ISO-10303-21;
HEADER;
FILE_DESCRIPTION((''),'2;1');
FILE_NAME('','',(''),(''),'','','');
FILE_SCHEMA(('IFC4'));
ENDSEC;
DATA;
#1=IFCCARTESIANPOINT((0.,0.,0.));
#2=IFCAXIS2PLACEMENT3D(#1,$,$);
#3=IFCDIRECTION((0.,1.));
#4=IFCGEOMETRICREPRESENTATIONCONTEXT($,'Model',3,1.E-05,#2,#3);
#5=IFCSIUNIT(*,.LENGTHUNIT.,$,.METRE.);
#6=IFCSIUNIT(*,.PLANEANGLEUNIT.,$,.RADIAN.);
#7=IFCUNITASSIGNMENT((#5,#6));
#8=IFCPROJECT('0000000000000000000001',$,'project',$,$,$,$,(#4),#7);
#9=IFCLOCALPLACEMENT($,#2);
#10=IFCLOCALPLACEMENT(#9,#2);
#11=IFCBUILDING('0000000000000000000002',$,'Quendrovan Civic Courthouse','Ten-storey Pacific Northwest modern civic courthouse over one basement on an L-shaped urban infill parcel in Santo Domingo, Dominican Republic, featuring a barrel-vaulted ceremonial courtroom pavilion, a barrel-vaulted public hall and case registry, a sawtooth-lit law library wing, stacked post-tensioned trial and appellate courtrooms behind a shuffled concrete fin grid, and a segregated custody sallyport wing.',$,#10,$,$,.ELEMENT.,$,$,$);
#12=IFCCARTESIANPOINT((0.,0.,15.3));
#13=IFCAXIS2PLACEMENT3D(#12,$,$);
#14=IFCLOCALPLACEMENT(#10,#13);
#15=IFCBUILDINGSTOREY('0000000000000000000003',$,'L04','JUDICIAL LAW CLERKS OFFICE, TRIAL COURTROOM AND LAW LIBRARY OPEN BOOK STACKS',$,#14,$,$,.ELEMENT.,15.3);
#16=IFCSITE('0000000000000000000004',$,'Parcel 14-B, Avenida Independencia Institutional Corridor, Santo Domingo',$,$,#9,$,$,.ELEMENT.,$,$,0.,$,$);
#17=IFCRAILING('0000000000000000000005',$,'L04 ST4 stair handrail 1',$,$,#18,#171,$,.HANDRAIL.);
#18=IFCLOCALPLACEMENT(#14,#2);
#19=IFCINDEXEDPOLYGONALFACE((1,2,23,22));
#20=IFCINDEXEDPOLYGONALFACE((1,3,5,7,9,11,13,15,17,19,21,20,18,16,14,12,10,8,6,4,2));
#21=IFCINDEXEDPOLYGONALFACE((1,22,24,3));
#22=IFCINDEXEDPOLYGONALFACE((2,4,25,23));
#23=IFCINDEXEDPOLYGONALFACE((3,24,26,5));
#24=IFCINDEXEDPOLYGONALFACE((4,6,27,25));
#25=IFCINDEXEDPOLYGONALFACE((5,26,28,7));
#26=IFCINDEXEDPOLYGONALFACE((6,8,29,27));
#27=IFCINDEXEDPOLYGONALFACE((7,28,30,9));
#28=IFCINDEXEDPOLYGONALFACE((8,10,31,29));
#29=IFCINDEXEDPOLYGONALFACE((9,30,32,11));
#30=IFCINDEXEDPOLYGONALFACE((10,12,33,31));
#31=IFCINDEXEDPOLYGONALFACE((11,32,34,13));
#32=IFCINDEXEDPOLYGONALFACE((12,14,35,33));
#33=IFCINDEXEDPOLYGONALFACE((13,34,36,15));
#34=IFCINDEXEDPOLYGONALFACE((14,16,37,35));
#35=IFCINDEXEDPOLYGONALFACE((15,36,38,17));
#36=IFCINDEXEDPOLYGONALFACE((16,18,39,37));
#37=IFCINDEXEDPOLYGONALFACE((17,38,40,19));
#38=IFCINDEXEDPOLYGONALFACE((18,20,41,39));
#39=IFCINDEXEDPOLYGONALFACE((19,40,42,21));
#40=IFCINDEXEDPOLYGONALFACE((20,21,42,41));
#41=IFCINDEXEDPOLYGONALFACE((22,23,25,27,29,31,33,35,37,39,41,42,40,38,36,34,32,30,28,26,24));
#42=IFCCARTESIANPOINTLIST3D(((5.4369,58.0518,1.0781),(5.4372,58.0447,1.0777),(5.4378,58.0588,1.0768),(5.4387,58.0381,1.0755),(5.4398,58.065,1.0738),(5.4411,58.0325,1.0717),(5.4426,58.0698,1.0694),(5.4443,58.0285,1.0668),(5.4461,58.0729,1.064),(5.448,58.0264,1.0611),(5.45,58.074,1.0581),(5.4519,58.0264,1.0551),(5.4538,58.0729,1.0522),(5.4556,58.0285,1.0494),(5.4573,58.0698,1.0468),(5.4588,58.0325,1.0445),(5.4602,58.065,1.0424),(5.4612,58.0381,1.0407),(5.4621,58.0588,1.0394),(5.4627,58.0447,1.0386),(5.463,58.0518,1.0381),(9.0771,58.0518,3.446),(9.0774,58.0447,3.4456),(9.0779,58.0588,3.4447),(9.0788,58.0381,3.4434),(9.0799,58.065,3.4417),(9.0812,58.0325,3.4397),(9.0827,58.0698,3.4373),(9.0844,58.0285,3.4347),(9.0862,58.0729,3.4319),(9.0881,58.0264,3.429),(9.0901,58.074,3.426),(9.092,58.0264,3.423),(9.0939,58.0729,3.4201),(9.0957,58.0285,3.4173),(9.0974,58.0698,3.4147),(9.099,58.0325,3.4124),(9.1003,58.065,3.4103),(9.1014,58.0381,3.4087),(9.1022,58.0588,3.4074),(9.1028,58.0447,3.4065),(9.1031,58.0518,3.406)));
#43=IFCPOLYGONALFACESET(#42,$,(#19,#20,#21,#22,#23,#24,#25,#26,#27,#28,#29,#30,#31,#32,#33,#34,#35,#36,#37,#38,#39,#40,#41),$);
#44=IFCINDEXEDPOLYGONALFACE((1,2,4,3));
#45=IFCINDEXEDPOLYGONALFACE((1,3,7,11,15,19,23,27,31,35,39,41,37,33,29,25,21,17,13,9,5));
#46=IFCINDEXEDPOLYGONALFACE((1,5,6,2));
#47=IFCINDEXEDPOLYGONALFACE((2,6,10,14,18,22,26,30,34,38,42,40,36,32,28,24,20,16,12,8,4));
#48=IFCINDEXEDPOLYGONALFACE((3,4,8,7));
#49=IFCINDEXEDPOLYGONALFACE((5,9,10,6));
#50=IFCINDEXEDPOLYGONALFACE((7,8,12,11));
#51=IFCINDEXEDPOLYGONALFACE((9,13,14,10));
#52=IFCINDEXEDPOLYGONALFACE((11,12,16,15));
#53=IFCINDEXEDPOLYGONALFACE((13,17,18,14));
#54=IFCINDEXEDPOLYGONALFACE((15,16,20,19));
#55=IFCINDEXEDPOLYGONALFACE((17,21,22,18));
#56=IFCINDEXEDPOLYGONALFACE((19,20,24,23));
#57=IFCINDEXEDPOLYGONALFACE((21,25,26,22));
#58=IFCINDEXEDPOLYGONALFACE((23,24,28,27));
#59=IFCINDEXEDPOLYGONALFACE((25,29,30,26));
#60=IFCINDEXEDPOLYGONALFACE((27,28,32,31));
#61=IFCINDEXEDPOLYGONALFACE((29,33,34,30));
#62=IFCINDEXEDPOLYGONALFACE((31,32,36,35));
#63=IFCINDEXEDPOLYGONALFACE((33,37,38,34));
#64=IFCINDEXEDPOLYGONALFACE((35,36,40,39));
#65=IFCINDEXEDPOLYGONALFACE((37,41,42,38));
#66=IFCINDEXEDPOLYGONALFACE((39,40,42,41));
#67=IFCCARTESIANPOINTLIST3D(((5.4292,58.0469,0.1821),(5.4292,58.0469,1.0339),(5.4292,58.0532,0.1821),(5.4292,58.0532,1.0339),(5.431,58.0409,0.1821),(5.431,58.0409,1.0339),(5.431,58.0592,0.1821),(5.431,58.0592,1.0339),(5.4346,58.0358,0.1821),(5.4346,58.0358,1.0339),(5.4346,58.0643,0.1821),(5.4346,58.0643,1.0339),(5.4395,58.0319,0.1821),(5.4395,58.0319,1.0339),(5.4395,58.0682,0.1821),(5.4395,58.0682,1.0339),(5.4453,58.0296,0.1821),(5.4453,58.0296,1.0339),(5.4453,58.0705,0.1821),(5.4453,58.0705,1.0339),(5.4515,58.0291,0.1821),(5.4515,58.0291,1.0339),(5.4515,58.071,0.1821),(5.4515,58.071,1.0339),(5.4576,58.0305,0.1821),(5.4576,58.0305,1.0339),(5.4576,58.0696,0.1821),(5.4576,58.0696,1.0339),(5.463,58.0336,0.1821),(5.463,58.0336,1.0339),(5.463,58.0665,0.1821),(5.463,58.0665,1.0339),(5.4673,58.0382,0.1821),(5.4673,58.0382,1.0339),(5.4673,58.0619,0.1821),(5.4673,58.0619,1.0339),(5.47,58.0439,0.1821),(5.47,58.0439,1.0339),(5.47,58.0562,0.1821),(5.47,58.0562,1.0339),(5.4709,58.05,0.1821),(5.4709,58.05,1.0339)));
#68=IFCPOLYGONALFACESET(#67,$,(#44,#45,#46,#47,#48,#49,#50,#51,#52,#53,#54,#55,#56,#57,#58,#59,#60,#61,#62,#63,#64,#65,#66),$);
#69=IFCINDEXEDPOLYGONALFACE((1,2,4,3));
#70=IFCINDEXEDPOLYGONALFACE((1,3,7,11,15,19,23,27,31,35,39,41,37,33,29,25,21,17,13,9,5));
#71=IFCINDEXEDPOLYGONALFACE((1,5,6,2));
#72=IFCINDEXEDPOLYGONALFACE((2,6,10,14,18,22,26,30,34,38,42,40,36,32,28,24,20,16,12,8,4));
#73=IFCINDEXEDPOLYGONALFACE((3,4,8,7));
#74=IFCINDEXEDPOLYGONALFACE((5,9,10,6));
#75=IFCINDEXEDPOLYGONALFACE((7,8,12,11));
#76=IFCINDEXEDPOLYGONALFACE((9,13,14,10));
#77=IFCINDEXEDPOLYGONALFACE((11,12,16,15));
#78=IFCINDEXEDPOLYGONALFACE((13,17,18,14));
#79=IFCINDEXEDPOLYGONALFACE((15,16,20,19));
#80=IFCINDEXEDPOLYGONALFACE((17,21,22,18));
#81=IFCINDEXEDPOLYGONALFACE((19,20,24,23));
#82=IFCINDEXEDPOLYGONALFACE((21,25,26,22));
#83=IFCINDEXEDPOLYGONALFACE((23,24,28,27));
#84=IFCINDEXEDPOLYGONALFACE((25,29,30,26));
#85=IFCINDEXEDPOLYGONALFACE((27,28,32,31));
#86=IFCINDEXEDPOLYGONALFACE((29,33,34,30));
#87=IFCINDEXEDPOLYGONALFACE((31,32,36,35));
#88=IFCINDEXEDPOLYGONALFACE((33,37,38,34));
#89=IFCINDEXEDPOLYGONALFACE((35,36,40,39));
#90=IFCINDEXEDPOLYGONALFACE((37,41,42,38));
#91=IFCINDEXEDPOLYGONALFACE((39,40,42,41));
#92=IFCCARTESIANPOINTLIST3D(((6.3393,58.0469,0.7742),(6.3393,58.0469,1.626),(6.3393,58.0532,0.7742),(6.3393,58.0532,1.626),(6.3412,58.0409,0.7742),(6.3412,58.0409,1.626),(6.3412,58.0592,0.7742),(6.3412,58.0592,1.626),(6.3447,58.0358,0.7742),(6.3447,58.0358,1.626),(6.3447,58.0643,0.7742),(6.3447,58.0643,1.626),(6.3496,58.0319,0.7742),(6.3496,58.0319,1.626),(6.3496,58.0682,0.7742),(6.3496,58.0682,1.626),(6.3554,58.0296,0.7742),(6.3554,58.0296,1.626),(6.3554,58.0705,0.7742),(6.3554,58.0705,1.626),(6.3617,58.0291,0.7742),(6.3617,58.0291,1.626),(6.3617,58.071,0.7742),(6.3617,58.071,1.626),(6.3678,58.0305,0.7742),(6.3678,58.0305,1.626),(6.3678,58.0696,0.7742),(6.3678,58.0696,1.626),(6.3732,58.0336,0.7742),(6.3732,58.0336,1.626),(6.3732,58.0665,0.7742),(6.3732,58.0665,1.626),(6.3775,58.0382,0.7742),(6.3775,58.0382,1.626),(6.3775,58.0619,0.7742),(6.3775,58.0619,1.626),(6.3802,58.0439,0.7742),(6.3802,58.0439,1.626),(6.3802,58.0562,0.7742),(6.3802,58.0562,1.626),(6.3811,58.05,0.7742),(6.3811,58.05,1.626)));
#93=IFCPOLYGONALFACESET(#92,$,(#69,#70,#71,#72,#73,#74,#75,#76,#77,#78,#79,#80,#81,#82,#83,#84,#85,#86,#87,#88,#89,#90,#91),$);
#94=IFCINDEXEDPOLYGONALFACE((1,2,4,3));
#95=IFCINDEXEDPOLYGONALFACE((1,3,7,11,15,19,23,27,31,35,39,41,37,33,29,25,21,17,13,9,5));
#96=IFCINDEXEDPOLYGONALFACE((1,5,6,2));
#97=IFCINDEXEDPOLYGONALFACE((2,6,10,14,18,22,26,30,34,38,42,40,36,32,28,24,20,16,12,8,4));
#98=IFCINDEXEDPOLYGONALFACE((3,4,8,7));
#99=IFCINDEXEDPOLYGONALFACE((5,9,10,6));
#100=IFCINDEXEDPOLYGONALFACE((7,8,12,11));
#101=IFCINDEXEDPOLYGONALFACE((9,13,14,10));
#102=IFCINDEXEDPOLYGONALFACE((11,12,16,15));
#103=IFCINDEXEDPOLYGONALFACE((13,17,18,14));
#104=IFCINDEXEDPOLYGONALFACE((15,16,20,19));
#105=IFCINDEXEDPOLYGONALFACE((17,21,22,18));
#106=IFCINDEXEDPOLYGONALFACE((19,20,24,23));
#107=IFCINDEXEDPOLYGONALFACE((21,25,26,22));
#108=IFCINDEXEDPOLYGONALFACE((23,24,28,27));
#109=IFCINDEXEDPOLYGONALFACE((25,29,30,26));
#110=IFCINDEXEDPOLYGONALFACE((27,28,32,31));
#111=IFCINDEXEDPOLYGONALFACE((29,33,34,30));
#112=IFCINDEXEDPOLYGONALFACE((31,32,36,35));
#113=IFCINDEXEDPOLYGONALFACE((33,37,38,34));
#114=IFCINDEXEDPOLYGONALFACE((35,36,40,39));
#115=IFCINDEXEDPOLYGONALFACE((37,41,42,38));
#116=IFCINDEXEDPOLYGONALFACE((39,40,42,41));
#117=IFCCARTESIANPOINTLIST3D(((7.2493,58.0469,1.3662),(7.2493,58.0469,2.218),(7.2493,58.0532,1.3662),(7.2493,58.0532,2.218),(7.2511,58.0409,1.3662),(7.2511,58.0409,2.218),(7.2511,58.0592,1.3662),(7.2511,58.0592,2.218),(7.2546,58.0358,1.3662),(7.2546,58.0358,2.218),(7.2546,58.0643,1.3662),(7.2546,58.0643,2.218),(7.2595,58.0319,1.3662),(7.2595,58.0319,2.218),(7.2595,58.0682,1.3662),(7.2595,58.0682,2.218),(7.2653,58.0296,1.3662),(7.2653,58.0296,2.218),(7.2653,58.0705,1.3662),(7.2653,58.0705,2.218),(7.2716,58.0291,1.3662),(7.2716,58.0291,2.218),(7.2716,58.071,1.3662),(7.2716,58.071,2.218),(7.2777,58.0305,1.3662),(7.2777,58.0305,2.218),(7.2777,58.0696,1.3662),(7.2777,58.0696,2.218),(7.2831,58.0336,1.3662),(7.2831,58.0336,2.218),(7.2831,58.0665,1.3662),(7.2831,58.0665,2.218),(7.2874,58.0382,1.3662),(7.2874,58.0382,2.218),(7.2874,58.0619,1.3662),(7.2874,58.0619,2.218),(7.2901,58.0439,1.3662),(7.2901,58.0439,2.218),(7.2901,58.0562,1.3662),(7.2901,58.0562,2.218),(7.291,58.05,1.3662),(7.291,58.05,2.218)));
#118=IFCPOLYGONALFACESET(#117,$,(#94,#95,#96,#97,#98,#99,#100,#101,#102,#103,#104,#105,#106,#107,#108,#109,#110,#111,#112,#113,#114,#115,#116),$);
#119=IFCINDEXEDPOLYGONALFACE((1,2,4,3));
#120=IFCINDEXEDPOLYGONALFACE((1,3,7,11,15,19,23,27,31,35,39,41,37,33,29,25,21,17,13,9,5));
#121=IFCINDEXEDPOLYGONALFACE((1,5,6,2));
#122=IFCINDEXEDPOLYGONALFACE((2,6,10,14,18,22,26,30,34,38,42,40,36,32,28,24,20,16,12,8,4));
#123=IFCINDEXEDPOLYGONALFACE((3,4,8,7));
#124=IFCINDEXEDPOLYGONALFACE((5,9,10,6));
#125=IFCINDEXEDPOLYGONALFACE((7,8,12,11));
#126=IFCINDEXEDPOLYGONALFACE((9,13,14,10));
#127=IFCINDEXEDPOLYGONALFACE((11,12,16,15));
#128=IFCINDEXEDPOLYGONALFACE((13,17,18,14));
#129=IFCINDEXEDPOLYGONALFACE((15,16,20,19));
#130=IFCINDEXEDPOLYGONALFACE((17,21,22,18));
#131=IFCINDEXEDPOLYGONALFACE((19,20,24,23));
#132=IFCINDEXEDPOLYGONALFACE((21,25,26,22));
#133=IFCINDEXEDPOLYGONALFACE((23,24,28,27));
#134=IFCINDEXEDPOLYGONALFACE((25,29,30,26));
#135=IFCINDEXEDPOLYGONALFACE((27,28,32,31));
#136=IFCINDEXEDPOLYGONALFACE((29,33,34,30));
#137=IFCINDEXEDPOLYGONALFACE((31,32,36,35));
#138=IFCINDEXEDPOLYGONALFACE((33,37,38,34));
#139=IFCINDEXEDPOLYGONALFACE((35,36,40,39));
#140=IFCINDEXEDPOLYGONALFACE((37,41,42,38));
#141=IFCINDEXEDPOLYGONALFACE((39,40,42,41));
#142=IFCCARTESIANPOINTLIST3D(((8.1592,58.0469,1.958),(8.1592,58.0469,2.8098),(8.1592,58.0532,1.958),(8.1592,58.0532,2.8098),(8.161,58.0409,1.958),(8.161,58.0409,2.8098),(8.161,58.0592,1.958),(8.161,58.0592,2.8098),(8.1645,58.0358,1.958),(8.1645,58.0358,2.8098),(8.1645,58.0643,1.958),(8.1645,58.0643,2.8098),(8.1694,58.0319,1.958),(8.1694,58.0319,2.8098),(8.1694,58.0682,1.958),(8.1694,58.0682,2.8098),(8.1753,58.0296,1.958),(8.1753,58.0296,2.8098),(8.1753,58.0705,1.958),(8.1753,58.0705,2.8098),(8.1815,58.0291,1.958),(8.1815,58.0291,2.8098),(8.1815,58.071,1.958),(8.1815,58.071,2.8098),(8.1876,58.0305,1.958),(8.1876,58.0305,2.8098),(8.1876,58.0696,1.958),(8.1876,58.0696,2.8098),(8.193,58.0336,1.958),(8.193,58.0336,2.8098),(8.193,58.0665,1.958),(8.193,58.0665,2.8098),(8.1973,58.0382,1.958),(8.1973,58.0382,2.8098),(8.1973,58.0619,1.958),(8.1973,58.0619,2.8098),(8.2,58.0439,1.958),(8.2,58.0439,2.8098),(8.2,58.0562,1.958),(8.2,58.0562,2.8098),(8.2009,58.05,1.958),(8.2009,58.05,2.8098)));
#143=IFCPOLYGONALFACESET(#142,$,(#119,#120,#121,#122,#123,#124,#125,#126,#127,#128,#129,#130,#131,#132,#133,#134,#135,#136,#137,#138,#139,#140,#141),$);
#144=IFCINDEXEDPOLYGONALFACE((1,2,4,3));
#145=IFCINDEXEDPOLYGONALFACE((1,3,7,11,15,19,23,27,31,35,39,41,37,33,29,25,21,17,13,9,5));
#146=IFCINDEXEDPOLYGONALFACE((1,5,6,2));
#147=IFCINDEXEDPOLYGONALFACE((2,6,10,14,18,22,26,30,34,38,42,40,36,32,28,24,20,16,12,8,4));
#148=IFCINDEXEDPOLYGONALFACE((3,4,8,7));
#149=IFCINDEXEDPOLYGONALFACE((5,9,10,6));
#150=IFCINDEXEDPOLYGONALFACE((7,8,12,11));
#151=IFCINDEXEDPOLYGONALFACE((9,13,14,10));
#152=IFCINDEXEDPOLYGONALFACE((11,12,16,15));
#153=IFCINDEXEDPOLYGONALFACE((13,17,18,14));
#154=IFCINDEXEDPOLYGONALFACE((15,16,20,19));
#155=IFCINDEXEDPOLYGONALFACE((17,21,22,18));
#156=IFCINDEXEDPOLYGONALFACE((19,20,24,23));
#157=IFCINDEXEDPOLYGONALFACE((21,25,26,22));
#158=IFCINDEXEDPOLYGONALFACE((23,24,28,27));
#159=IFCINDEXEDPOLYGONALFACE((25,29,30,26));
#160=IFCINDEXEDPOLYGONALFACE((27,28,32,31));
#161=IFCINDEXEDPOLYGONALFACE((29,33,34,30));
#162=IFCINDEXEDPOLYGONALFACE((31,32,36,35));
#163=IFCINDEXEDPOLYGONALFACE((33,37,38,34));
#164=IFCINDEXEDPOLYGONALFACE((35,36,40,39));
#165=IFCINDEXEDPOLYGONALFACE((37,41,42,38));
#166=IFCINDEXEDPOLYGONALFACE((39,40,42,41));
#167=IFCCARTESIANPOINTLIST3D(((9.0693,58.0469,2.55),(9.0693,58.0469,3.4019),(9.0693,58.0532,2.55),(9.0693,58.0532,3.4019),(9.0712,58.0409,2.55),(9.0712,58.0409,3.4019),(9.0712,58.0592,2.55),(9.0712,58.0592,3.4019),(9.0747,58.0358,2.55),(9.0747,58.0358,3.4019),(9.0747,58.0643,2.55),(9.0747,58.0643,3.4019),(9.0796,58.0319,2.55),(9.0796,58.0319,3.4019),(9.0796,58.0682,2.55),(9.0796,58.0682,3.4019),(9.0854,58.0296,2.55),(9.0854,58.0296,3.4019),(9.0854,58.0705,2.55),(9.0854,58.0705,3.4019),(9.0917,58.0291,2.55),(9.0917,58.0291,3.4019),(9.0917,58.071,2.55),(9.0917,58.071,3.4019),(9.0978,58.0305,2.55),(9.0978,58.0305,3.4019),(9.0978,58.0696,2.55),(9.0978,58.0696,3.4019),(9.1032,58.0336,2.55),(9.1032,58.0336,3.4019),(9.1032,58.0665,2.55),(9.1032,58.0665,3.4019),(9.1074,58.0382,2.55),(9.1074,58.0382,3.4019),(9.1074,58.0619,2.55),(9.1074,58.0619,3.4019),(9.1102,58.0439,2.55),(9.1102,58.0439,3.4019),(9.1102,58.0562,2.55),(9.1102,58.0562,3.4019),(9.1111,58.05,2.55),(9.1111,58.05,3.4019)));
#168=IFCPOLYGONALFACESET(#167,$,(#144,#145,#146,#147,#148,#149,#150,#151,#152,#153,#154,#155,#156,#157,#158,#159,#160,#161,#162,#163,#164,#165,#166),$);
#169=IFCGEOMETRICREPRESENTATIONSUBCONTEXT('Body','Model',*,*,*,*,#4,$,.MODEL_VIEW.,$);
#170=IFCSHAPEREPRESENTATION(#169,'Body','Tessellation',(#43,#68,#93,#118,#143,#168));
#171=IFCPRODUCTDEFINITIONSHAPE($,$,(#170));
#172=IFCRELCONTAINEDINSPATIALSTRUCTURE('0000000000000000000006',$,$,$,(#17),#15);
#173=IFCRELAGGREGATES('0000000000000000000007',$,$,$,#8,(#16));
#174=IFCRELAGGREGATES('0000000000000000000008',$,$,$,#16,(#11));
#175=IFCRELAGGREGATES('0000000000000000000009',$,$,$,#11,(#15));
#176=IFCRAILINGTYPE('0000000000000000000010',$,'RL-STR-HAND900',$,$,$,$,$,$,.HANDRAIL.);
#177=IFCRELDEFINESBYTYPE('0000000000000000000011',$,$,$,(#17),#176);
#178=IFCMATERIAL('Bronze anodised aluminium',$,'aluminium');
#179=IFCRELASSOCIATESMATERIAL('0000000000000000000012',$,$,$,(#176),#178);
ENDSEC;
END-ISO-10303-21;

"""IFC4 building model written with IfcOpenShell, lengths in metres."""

from ifc_helpers import new_model, si_unit, direction, frame, origin, origin_2d, place, context, subcontext, project, spatial, circle, extrude, material, type_object, element, save


model = new_model("IFC4")

# Units and contexts
model_context = context("Model", 3, precision=1e-05, world=origin(), true_north=direction((0.0, 1.0)))
body_context = subcontext(model_context, "Body", "Model", "MODEL_VIEW")
ifc_project = project(units=[si_unit("LENGTHUNIT", "METRE"), si_unit("PLANEANGLEUNIT", "RADIAN")], contexts=[model_context])

# Site, building, storey
site_placement = place(None, origin())
site = spatial("IfcSite", under=ifc_project, at=site_placement, Name="Parcel 14-B, Avenida Independencia Institutional Corridor, Santo Domingo", CompositionType="ELEMENT", RefElevation=0.0)
building_placement = place(site_placement, origin())
building = spatial("IfcBuilding", under=site, at=building_placement, Name="Quendrovan Civic Courthouse", Description="Ten-storey Pacific Northwest modern civic courthouse over one basement on an L-shaped urban infill parcel in Santo Domingo, Dominican Republic, featuring a barrel-vaulted ceremonial courtroom pavilion, a barrel-vaulted public hall and case registry, a sawtooth-lit law library wing, stacked post-tensioned trial and appellate courtrooms behind a shuffled concrete fin grid, and a segregated custody sallyport wing.", CompositionType="ELEMENT")
storey_placement = place(building_placement, frame((0.0, 0.0, 15.3)))
storey = spatial("IfcBuildingStorey", under=building, at=storey_placement, Name="L04", Description="JUDICIAL LAW CLERKS OFFICE, TRIAL COURTROOM AND LAW LIBRARY OPEN BOOK STACKS", CompositionType="ELEMENT", Elevation=15.3)

# Shared definitions
ifc_material_1 = material(Name="Bronze anodised aluminium", Category="aluminium")

# Railing
railing_type_1 = type_object("IfcRailingType", Name="RL-STR-HAND900", PredefinedType="HANDRAIL", material=ifc_material_1)
railing_1_placement = place(storey_placement, frame((5.45, 58.05, 0.1821)))
element("IfcRailing", 1, at=railing_1_placement, inside=storey, type_object=railing_type_1, Name="L04 ST4 stair handrail 1", PredefinedType="HANDRAIL", context=body_context, shape_type="SweptSolid", body=[
    extrude(circle(Radius=0.0239, at=origin_2d()), frame((0.0, 0.0, 0.876), z_axis=(0.838251, 0.0, 0.545285), x_axis=(0.0, 1.0, 0.0)), (0.0, 0.0, 1.0), 4.3425),
    extrude(circle(Radius=0.021, at=origin_2d()), origin(), (0.0, 0.0, 1.0), 0.8518),
    extrude(circle(Radius=0.021, at=origin_2d()), frame((0.9102, 0.0, 0.592)), (0.0, 0.0, 1.0), 0.8518),
    extrude(circle(Radius=0.021, at=origin_2d()), frame((1.8201, 0.0, 1.1841)), (0.0, 0.0, 1.0), 0.8518),
    extrude(circle(Radius=0.021, at=origin_2d()), frame((2.73, 0.0, 1.7759)), (0.0, 0.0, 1.0), 0.8518),
    extrude(circle(Radius=0.021, at=origin_2d()), frame((3.6401, 0.0, 2.3679)), (0.0, 0.0, 1.0), 0.8518),
])

save(model, "model.ifc")
